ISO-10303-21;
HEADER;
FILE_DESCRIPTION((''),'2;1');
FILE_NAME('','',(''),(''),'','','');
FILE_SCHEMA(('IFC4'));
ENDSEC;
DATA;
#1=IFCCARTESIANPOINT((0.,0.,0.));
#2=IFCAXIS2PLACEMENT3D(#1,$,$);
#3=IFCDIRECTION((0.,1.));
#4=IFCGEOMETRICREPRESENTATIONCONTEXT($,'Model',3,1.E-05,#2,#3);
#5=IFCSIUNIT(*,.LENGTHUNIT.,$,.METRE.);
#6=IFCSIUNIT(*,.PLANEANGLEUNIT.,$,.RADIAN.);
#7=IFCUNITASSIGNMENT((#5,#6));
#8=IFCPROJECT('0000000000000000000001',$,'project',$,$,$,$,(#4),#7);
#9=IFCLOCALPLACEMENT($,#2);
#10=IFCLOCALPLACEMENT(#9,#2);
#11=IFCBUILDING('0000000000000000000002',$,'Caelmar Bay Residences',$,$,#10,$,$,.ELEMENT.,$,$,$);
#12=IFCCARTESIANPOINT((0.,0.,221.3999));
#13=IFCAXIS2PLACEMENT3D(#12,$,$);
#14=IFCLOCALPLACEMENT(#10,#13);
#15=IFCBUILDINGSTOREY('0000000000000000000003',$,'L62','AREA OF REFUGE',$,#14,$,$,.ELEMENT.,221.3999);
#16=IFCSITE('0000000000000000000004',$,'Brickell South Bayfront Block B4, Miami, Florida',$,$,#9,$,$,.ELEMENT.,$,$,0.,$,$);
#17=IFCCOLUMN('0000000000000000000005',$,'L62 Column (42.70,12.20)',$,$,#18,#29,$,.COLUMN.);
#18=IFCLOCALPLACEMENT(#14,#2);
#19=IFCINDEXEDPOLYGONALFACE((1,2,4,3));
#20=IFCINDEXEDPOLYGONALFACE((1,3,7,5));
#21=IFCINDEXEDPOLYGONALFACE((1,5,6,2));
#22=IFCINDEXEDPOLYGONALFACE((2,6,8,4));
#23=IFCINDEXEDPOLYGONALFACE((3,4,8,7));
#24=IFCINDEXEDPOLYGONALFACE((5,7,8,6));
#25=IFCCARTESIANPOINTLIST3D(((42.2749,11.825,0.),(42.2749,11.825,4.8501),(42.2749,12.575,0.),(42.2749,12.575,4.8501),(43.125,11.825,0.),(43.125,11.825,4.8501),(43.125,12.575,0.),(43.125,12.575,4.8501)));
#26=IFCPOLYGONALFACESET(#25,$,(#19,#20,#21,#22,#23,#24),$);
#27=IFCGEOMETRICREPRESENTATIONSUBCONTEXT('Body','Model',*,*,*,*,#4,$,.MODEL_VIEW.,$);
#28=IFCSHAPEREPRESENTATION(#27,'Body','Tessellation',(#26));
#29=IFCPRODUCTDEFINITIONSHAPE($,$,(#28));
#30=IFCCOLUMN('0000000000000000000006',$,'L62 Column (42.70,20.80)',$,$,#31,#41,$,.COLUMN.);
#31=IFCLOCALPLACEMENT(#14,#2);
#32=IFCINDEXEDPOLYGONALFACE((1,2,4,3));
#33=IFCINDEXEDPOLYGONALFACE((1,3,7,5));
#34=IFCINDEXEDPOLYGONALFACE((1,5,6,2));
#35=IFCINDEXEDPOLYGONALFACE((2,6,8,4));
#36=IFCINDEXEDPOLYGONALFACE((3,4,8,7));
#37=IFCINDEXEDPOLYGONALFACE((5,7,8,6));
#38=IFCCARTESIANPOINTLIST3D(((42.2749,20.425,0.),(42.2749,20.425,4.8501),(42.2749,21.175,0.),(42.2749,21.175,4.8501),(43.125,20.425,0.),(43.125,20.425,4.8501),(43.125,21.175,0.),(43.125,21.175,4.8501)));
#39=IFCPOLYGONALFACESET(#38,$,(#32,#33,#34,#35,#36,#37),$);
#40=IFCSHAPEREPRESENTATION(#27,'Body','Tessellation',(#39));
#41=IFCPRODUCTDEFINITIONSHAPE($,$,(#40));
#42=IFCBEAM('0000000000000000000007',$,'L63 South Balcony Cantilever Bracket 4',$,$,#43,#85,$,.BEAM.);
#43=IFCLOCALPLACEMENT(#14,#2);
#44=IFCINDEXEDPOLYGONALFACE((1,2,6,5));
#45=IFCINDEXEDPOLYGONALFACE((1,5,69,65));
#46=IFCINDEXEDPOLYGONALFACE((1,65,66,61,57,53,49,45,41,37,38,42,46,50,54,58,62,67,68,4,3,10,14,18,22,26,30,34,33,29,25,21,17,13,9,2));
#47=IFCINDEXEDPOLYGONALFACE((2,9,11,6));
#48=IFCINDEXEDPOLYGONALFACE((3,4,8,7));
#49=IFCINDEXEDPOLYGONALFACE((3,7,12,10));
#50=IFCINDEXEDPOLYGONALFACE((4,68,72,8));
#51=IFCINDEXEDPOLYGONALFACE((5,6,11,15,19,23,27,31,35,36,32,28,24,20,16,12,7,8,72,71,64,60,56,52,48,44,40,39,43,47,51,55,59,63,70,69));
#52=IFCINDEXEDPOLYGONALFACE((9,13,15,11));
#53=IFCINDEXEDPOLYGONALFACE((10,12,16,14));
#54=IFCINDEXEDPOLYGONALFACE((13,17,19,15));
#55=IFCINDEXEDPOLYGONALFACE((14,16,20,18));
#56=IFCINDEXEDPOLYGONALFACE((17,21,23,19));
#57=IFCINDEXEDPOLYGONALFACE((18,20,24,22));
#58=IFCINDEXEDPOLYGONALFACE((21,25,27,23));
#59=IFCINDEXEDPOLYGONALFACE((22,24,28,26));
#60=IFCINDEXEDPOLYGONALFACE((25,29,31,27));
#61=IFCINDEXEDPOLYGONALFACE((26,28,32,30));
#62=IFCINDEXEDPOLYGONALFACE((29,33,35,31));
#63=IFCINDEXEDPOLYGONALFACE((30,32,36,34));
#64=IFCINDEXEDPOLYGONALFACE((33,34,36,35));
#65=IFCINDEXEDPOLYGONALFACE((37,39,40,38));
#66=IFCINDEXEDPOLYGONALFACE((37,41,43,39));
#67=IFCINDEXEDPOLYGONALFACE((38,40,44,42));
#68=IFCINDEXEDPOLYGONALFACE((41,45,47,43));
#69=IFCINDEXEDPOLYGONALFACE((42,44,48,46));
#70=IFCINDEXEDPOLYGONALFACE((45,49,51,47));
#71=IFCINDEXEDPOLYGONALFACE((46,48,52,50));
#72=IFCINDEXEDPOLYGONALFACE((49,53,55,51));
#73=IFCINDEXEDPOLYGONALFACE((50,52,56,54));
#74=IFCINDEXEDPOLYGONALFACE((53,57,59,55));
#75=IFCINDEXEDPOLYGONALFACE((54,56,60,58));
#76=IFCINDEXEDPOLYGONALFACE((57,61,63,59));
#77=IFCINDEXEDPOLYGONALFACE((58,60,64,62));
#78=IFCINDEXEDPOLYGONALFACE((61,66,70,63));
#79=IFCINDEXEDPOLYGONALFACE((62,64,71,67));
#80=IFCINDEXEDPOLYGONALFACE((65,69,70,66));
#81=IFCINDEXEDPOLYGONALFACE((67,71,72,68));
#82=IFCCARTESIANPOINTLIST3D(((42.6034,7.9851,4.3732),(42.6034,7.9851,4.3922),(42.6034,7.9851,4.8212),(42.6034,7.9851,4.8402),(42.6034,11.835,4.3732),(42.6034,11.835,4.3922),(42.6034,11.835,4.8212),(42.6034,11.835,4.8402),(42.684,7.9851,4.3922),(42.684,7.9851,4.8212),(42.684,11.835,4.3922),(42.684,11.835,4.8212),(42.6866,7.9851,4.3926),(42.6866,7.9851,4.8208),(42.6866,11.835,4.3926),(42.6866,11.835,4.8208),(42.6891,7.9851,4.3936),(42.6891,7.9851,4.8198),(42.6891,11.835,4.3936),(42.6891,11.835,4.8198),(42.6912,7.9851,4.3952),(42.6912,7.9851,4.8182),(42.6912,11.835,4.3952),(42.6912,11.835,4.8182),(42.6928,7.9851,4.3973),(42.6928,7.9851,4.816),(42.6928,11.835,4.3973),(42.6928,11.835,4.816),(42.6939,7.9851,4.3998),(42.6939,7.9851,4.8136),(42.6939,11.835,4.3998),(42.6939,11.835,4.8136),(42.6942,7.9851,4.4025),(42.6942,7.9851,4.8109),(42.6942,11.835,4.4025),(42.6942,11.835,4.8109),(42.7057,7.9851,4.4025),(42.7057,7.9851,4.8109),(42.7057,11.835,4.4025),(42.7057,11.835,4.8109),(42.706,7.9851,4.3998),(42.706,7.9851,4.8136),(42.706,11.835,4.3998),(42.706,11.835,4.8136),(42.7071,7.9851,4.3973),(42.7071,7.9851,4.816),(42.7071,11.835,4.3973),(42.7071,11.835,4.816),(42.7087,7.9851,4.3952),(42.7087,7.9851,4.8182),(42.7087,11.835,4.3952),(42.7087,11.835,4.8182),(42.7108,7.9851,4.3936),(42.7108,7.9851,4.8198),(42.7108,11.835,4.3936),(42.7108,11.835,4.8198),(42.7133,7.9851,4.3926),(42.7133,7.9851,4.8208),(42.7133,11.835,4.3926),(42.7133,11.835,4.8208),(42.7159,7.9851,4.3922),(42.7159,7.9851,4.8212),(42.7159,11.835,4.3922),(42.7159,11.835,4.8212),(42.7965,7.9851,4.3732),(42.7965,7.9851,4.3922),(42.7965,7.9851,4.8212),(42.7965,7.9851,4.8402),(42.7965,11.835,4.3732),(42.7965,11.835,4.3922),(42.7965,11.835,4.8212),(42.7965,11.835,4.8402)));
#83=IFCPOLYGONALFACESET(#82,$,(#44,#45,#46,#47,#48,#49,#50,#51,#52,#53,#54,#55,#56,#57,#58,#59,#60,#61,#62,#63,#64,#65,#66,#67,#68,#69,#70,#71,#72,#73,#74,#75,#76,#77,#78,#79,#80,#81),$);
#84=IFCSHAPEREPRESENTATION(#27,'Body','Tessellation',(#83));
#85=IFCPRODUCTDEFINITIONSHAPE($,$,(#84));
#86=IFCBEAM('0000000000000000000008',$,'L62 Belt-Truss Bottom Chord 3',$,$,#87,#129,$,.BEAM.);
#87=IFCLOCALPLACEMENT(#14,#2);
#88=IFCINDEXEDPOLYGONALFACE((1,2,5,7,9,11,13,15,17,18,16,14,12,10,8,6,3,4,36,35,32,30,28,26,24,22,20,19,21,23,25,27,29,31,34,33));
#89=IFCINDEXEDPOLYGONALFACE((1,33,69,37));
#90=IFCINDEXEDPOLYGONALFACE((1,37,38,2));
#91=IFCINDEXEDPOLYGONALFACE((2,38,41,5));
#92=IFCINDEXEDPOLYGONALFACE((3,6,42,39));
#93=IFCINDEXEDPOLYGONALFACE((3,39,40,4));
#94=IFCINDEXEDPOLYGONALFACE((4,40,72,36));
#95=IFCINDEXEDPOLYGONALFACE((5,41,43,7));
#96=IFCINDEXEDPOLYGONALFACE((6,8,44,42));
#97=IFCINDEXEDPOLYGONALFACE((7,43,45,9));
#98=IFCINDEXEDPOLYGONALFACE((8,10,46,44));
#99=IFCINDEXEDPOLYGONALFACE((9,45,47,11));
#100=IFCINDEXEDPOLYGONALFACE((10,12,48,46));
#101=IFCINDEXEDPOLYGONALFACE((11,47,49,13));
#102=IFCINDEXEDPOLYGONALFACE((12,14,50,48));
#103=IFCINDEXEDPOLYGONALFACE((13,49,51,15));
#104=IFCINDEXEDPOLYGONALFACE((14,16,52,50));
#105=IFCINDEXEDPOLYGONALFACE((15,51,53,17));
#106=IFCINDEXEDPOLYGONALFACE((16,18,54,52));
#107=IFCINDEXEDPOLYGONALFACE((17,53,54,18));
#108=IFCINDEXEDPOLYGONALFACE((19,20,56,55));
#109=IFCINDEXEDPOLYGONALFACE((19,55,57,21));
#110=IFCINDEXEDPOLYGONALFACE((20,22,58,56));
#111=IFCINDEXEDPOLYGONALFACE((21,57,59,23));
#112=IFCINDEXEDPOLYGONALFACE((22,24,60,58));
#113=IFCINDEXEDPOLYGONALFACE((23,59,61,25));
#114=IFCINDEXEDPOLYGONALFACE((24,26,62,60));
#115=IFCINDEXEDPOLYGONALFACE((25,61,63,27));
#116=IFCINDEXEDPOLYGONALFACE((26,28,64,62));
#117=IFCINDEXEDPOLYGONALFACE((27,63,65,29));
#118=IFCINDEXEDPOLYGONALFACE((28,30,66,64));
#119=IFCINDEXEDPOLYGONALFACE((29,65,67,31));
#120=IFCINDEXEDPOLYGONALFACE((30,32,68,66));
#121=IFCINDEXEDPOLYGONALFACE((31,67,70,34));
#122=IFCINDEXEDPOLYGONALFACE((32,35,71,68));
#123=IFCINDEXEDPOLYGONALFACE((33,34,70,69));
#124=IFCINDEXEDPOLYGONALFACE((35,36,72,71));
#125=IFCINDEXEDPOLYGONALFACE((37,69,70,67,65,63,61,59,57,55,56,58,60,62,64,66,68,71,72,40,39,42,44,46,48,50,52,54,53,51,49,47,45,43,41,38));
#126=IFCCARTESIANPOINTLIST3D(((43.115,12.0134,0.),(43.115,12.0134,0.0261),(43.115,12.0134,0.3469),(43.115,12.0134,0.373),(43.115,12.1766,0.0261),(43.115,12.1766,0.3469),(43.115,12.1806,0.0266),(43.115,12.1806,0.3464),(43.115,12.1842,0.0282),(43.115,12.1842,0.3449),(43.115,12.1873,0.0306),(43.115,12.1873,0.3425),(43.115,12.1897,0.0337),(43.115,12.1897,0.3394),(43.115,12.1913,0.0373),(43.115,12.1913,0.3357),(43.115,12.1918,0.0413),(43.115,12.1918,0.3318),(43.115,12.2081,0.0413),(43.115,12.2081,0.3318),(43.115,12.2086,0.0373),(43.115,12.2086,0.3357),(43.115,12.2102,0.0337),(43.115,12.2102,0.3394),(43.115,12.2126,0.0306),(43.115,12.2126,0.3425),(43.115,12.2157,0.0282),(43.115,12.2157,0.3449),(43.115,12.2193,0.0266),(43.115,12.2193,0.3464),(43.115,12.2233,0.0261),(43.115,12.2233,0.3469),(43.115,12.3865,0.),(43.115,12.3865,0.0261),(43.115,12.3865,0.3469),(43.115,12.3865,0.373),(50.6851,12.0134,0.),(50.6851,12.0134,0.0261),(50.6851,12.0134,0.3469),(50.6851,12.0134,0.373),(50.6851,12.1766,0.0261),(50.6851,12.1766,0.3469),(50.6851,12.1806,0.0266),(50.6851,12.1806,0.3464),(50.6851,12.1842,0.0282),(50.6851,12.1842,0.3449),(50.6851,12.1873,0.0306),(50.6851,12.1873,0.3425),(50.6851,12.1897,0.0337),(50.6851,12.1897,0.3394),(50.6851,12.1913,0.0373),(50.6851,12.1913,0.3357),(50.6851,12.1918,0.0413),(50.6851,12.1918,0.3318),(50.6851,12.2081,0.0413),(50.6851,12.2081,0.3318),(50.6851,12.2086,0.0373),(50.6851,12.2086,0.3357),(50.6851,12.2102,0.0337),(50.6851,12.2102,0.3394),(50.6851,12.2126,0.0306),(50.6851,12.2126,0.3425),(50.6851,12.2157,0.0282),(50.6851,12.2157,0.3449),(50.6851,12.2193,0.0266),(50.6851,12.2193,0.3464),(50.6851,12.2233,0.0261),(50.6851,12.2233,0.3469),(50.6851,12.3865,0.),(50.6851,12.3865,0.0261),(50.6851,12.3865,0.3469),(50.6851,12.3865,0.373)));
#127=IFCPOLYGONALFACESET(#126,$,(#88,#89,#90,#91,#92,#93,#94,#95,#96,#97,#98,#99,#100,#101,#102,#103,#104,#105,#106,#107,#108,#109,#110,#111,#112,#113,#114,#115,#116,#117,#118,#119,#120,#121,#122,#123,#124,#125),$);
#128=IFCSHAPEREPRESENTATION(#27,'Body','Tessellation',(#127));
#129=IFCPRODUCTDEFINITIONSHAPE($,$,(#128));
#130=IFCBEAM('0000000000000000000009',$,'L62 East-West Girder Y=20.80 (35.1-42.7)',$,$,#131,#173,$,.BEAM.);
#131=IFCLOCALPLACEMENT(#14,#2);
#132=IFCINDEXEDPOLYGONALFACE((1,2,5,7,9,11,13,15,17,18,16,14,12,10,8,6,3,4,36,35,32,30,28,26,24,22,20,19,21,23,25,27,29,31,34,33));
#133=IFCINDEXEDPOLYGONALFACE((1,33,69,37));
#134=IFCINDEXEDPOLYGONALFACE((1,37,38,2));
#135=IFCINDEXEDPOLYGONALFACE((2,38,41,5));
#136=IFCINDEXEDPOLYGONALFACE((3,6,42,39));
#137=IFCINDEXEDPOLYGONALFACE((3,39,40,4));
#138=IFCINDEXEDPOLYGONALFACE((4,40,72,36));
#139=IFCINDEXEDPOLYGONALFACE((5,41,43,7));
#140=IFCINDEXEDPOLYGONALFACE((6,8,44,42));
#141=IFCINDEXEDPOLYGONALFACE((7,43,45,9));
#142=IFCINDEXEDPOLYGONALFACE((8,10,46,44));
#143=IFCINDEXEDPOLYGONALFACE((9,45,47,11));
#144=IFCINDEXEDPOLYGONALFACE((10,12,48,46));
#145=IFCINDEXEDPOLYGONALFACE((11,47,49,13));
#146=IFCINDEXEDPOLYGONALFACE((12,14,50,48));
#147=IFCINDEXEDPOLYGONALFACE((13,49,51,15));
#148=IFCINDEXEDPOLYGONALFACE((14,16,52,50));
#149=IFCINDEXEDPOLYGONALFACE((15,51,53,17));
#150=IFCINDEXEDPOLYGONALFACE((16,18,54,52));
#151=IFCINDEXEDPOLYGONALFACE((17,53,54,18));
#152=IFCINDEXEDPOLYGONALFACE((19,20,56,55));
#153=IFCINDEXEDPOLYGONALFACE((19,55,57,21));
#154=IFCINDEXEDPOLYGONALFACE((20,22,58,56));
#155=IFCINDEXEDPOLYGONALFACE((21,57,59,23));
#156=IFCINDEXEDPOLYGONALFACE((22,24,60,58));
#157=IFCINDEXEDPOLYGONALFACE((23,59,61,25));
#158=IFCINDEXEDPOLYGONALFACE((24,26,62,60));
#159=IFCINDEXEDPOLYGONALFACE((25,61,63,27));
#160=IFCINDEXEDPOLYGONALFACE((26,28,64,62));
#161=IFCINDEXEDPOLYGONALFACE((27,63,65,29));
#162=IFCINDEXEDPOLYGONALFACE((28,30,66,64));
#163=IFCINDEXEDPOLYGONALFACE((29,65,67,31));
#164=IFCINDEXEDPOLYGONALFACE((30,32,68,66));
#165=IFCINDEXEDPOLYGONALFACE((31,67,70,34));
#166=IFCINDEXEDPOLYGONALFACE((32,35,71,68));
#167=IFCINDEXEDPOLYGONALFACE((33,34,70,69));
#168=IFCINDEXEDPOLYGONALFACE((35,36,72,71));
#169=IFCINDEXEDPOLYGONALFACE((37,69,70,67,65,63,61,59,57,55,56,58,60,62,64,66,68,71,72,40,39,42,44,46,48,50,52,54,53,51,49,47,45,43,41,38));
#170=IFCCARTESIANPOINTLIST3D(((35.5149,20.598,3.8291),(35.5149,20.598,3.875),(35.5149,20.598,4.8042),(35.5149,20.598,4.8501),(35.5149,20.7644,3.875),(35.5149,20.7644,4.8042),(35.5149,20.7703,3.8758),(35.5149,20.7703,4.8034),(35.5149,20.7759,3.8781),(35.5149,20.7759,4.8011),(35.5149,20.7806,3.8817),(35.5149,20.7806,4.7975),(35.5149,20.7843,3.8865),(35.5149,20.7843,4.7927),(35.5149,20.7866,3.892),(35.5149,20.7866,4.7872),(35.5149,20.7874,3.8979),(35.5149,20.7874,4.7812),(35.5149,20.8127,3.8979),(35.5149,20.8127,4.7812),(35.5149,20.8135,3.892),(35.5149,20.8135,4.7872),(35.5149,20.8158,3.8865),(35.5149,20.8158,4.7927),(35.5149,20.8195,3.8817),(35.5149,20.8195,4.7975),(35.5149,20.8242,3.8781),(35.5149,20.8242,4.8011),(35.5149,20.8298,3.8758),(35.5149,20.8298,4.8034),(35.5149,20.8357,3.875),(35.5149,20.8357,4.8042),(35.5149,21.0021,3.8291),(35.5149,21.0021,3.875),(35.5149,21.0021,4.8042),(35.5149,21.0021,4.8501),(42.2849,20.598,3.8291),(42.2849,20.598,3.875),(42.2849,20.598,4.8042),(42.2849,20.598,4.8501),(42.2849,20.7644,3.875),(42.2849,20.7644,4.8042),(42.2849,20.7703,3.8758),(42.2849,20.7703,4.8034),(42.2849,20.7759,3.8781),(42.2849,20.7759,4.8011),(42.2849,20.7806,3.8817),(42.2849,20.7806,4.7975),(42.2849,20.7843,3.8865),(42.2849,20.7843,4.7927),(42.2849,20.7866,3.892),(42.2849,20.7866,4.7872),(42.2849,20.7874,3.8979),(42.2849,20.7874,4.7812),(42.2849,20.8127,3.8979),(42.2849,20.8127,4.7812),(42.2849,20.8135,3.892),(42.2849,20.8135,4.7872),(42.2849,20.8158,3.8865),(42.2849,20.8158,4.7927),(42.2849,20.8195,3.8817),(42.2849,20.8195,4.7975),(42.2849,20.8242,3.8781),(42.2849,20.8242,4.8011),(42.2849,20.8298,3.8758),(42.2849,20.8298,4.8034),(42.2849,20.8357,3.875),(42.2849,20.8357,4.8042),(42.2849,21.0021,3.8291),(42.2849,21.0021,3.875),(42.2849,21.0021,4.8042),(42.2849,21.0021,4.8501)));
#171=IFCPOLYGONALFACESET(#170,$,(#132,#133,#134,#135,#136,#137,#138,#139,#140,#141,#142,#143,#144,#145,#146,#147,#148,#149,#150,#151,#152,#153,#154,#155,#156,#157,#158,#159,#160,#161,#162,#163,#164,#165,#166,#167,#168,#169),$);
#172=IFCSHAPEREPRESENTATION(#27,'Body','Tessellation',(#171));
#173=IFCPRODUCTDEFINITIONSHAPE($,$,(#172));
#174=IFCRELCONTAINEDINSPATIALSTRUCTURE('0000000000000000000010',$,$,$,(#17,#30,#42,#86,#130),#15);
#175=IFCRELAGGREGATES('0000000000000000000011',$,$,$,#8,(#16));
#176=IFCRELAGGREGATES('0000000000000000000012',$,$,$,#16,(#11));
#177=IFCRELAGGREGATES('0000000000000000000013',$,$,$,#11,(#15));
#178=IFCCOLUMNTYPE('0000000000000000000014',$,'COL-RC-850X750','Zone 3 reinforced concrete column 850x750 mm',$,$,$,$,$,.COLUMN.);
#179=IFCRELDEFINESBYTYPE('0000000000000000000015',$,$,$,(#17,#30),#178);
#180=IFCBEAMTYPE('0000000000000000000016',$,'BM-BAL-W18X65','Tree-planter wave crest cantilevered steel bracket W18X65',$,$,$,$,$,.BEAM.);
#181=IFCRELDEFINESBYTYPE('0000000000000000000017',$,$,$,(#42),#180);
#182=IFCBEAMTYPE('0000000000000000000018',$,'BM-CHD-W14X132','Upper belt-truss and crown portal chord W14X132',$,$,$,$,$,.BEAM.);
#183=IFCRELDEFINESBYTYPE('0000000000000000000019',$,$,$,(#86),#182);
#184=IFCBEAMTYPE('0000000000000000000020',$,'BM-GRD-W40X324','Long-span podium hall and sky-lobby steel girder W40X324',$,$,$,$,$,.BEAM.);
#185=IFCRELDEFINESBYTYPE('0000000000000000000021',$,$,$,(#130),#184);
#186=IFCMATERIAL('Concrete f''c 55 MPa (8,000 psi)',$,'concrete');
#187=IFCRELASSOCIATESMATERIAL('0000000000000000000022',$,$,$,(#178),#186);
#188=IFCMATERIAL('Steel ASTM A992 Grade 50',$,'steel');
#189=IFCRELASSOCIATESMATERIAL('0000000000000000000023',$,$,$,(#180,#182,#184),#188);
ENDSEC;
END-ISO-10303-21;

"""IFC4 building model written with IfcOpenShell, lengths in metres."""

from ifc_helpers import new_model, si_unit, direction, frame, origin, origin_2d, place, context, subcontext, project, spatial, rectangle, i_section, extrude, material, material_profile, profile_set, type_object, element, save


model = new_model("IFC4")

# Units and contexts
model_context = context("Model", 3, precision=1e-05, world=origin(), true_north=direction((0.0, 1.0)))
body_context = subcontext(model_context, "Body", "Model", "MODEL_VIEW")
ifc_project = project(units=[si_unit("LENGTHUNIT", "METRE"), si_unit("PLANEANGLEUNIT", "RADIAN")], contexts=[model_context])

# Site, building, storey
site_placement = place(None, origin())
site = spatial("IfcSite", under=ifc_project, at=site_placement, Name="Brickell South Bayfront Block B4, Miami, Florida", CompositionType="ELEMENT", RefElevation=0.0)
building_placement = place(site_placement, origin())
building = spatial("IfcBuilding", under=site, at=building_placement, Name="Caelmar Bay Residences", CompositionType="ELEMENT")
storey_placement = place(building_placement, frame((0.0, 0.0, 221.3999)))
storey = spatial("IfcBuildingStorey", under=building, at=storey_placement, Name="L62", Description="AREA OF REFUGE", CompositionType="ELEMENT", Elevation=221.3999)

# Columns
ifc_material_1 = material(Name="Concrete f'c 55 MPa (8,000 psi)", Category="concrete")
ifc_material_profile_1 = material_profile(ifc_material_1, rectangle(XDim=0.8501, YDim=0.75, at=origin_2d()), Name="RC-COL-850X750")
ifc_profile_set_1 = profile_set([ifc_material_profile_1], Name="Concrete f'c 55 MPa (8,000 psi)")
column_type = type_object("IfcColumnType", Name="COL-RC-850X750", Description="Zone 3 reinforced concrete column 850x750 mm", PredefinedType="COLUMN", material=ifc_profile_set_1)
for number, where, z_axis, x_axis, name in (
    (1, (42.7, 12.2, 0.0), (0.0, 0.0, 1.0), (1.0, 0.0, 0.0), "L62 Column (42.70,12.20)"),
    (2, (42.7, 20.8, 0.0), (0.0, 0.0, 1.0), (1.0, 0.0, 0.0), "L62 Column (42.70,20.80)"),
):
    element("IfcColumn", number, at=place(storey_placement, frame(where, z_axis=z_axis, x_axis=x_axis)), inside=storey, type_object=column_type, Name=name, PredefinedType="COLUMN", context=body_context, shape_type="SweptSolid", body=[
        extrude(rectangle(XDim=0.8501, YDim=0.75, at=origin_2d()), origin(), (0.0, 0.0, 1.0), 4.8501),
    ])

# Beams
ifc_material_2 = material(Name="Steel ASTM A992 Grade 50", Category="steel")
ifc_material_profile_2 = material_profile(ifc_material_2, i_section(OverallWidth=0.1931, OverallDepth=0.467, WebThickness=0.0115, FlangeThickness=0.019, FilletRadius=0.0103, at=origin_2d()), Name="W18X65")
ifc_profile_set_2 = profile_set([ifc_material_profile_2], Name="Steel ASTM A992 Grade 50")
beam_type_1 = type_object("IfcBeamType", Name="BM-BAL-W18X65", Description="Tree-planter wave crest cantilevered steel bracket W18X65", PredefinedType="BEAM", material=ifc_profile_set_2)
beam_1_placement = place(storey_placement, frame((42.7, 11.835, 4.6067), z_axis=(0.0, -1.0, 0.0), x_axis=(1.0, 0.0, 0.0)))
element("IfcBeam", 3, at=beam_1_placement, inside=storey, type_object=beam_type_1, Name="L63 South Balcony Cantilever Bracket 4", PredefinedType="BEAM", context=body_context, shape_type="SweptSolid", body=[
    extrude(i_section(OverallWidth=0.1931, OverallDepth=0.467, WebThickness=0.0115, FlangeThickness=0.019, FilletRadius=0.0103, at=origin_2d()), origin(), (0.0, 0.0, 1.0), 3.8499),
])
ifc_material_profile_3 = material_profile(ifc_material_2, i_section(OverallWidth=0.373, OverallDepth=0.373, WebThickness=0.0164, FlangeThickness=0.0261, FilletRadius=0.0151, at=origin_2d()), Name="W14X132")
ifc_profile_set_3 = profile_set([ifc_material_profile_3], Name="Steel ASTM A992 Grade 50")
beam_type_2 = type_object("IfcBeamType", Name="BM-CHD-W14X132", Description="Upper belt-truss and crown portal chord W14X132", PredefinedType="BEAM", material=ifc_profile_set_3)
beam_2_placement = place(storey_placement, frame((43.115, 12.2, 0.1865), z_axis=(1.0, 0.0, 0.0), x_axis=(0.0, 1.0, 0.0)))
element("IfcBeam", 4, at=beam_2_placement, inside=storey, type_object=beam_type_2, Name="L62 Belt-Truss Bottom Chord 3", PredefinedType="BEAM", context=body_context, shape_type="SweptSolid", body=[
    extrude(i_section(OverallWidth=0.373, OverallDepth=0.373, WebThickness=0.0164, FlangeThickness=0.0261, FilletRadius=0.0151, at=origin_2d()), origin(), (0.0, 0.0, 1.0), 7.5701),
])
ifc_material_profile_4 = material_profile(ifc_material_2, i_section(OverallWidth=0.4041, OverallDepth=1.021, WebThickness=0.0254, FlangeThickness=0.0459, FilletRadius=0.0229, at=origin_2d()), Name="W40X324")
ifc_profile_set_4 = profile_set([ifc_material_profile_4], Name="Steel ASTM A992 Grade 50")
beam_type_3 = type_object("IfcBeamType", Name="BM-GRD-W40X324", Description="Long-span podium hall and sky-lobby steel girder W40X324", PredefinedType="BEAM", material=ifc_profile_set_4)
beam_3_placement = place(storey_placement, frame((35.5149, 20.8, 4.3396), z_axis=(1.0, 0.0, 0.0), x_axis=(0.0, 1.0, 0.0)))
element("IfcBeam", 5, at=beam_3_placement, inside=storey, type_object=beam_type_3, Name="L62 East-West Girder Y=20.80 (35.1-42.7)", PredefinedType="BEAM", context=body_context, shape_type="SweptSolid", body=[
    extrude(i_section(OverallWidth=0.4041, OverallDepth=1.021, WebThickness=0.0254, FlangeThickness=0.0459, FilletRadius=0.0229, at=origin_2d()), origin(), (0.0, 0.0, 1.0), 6.77),
])

save(model, "model.ifc")
